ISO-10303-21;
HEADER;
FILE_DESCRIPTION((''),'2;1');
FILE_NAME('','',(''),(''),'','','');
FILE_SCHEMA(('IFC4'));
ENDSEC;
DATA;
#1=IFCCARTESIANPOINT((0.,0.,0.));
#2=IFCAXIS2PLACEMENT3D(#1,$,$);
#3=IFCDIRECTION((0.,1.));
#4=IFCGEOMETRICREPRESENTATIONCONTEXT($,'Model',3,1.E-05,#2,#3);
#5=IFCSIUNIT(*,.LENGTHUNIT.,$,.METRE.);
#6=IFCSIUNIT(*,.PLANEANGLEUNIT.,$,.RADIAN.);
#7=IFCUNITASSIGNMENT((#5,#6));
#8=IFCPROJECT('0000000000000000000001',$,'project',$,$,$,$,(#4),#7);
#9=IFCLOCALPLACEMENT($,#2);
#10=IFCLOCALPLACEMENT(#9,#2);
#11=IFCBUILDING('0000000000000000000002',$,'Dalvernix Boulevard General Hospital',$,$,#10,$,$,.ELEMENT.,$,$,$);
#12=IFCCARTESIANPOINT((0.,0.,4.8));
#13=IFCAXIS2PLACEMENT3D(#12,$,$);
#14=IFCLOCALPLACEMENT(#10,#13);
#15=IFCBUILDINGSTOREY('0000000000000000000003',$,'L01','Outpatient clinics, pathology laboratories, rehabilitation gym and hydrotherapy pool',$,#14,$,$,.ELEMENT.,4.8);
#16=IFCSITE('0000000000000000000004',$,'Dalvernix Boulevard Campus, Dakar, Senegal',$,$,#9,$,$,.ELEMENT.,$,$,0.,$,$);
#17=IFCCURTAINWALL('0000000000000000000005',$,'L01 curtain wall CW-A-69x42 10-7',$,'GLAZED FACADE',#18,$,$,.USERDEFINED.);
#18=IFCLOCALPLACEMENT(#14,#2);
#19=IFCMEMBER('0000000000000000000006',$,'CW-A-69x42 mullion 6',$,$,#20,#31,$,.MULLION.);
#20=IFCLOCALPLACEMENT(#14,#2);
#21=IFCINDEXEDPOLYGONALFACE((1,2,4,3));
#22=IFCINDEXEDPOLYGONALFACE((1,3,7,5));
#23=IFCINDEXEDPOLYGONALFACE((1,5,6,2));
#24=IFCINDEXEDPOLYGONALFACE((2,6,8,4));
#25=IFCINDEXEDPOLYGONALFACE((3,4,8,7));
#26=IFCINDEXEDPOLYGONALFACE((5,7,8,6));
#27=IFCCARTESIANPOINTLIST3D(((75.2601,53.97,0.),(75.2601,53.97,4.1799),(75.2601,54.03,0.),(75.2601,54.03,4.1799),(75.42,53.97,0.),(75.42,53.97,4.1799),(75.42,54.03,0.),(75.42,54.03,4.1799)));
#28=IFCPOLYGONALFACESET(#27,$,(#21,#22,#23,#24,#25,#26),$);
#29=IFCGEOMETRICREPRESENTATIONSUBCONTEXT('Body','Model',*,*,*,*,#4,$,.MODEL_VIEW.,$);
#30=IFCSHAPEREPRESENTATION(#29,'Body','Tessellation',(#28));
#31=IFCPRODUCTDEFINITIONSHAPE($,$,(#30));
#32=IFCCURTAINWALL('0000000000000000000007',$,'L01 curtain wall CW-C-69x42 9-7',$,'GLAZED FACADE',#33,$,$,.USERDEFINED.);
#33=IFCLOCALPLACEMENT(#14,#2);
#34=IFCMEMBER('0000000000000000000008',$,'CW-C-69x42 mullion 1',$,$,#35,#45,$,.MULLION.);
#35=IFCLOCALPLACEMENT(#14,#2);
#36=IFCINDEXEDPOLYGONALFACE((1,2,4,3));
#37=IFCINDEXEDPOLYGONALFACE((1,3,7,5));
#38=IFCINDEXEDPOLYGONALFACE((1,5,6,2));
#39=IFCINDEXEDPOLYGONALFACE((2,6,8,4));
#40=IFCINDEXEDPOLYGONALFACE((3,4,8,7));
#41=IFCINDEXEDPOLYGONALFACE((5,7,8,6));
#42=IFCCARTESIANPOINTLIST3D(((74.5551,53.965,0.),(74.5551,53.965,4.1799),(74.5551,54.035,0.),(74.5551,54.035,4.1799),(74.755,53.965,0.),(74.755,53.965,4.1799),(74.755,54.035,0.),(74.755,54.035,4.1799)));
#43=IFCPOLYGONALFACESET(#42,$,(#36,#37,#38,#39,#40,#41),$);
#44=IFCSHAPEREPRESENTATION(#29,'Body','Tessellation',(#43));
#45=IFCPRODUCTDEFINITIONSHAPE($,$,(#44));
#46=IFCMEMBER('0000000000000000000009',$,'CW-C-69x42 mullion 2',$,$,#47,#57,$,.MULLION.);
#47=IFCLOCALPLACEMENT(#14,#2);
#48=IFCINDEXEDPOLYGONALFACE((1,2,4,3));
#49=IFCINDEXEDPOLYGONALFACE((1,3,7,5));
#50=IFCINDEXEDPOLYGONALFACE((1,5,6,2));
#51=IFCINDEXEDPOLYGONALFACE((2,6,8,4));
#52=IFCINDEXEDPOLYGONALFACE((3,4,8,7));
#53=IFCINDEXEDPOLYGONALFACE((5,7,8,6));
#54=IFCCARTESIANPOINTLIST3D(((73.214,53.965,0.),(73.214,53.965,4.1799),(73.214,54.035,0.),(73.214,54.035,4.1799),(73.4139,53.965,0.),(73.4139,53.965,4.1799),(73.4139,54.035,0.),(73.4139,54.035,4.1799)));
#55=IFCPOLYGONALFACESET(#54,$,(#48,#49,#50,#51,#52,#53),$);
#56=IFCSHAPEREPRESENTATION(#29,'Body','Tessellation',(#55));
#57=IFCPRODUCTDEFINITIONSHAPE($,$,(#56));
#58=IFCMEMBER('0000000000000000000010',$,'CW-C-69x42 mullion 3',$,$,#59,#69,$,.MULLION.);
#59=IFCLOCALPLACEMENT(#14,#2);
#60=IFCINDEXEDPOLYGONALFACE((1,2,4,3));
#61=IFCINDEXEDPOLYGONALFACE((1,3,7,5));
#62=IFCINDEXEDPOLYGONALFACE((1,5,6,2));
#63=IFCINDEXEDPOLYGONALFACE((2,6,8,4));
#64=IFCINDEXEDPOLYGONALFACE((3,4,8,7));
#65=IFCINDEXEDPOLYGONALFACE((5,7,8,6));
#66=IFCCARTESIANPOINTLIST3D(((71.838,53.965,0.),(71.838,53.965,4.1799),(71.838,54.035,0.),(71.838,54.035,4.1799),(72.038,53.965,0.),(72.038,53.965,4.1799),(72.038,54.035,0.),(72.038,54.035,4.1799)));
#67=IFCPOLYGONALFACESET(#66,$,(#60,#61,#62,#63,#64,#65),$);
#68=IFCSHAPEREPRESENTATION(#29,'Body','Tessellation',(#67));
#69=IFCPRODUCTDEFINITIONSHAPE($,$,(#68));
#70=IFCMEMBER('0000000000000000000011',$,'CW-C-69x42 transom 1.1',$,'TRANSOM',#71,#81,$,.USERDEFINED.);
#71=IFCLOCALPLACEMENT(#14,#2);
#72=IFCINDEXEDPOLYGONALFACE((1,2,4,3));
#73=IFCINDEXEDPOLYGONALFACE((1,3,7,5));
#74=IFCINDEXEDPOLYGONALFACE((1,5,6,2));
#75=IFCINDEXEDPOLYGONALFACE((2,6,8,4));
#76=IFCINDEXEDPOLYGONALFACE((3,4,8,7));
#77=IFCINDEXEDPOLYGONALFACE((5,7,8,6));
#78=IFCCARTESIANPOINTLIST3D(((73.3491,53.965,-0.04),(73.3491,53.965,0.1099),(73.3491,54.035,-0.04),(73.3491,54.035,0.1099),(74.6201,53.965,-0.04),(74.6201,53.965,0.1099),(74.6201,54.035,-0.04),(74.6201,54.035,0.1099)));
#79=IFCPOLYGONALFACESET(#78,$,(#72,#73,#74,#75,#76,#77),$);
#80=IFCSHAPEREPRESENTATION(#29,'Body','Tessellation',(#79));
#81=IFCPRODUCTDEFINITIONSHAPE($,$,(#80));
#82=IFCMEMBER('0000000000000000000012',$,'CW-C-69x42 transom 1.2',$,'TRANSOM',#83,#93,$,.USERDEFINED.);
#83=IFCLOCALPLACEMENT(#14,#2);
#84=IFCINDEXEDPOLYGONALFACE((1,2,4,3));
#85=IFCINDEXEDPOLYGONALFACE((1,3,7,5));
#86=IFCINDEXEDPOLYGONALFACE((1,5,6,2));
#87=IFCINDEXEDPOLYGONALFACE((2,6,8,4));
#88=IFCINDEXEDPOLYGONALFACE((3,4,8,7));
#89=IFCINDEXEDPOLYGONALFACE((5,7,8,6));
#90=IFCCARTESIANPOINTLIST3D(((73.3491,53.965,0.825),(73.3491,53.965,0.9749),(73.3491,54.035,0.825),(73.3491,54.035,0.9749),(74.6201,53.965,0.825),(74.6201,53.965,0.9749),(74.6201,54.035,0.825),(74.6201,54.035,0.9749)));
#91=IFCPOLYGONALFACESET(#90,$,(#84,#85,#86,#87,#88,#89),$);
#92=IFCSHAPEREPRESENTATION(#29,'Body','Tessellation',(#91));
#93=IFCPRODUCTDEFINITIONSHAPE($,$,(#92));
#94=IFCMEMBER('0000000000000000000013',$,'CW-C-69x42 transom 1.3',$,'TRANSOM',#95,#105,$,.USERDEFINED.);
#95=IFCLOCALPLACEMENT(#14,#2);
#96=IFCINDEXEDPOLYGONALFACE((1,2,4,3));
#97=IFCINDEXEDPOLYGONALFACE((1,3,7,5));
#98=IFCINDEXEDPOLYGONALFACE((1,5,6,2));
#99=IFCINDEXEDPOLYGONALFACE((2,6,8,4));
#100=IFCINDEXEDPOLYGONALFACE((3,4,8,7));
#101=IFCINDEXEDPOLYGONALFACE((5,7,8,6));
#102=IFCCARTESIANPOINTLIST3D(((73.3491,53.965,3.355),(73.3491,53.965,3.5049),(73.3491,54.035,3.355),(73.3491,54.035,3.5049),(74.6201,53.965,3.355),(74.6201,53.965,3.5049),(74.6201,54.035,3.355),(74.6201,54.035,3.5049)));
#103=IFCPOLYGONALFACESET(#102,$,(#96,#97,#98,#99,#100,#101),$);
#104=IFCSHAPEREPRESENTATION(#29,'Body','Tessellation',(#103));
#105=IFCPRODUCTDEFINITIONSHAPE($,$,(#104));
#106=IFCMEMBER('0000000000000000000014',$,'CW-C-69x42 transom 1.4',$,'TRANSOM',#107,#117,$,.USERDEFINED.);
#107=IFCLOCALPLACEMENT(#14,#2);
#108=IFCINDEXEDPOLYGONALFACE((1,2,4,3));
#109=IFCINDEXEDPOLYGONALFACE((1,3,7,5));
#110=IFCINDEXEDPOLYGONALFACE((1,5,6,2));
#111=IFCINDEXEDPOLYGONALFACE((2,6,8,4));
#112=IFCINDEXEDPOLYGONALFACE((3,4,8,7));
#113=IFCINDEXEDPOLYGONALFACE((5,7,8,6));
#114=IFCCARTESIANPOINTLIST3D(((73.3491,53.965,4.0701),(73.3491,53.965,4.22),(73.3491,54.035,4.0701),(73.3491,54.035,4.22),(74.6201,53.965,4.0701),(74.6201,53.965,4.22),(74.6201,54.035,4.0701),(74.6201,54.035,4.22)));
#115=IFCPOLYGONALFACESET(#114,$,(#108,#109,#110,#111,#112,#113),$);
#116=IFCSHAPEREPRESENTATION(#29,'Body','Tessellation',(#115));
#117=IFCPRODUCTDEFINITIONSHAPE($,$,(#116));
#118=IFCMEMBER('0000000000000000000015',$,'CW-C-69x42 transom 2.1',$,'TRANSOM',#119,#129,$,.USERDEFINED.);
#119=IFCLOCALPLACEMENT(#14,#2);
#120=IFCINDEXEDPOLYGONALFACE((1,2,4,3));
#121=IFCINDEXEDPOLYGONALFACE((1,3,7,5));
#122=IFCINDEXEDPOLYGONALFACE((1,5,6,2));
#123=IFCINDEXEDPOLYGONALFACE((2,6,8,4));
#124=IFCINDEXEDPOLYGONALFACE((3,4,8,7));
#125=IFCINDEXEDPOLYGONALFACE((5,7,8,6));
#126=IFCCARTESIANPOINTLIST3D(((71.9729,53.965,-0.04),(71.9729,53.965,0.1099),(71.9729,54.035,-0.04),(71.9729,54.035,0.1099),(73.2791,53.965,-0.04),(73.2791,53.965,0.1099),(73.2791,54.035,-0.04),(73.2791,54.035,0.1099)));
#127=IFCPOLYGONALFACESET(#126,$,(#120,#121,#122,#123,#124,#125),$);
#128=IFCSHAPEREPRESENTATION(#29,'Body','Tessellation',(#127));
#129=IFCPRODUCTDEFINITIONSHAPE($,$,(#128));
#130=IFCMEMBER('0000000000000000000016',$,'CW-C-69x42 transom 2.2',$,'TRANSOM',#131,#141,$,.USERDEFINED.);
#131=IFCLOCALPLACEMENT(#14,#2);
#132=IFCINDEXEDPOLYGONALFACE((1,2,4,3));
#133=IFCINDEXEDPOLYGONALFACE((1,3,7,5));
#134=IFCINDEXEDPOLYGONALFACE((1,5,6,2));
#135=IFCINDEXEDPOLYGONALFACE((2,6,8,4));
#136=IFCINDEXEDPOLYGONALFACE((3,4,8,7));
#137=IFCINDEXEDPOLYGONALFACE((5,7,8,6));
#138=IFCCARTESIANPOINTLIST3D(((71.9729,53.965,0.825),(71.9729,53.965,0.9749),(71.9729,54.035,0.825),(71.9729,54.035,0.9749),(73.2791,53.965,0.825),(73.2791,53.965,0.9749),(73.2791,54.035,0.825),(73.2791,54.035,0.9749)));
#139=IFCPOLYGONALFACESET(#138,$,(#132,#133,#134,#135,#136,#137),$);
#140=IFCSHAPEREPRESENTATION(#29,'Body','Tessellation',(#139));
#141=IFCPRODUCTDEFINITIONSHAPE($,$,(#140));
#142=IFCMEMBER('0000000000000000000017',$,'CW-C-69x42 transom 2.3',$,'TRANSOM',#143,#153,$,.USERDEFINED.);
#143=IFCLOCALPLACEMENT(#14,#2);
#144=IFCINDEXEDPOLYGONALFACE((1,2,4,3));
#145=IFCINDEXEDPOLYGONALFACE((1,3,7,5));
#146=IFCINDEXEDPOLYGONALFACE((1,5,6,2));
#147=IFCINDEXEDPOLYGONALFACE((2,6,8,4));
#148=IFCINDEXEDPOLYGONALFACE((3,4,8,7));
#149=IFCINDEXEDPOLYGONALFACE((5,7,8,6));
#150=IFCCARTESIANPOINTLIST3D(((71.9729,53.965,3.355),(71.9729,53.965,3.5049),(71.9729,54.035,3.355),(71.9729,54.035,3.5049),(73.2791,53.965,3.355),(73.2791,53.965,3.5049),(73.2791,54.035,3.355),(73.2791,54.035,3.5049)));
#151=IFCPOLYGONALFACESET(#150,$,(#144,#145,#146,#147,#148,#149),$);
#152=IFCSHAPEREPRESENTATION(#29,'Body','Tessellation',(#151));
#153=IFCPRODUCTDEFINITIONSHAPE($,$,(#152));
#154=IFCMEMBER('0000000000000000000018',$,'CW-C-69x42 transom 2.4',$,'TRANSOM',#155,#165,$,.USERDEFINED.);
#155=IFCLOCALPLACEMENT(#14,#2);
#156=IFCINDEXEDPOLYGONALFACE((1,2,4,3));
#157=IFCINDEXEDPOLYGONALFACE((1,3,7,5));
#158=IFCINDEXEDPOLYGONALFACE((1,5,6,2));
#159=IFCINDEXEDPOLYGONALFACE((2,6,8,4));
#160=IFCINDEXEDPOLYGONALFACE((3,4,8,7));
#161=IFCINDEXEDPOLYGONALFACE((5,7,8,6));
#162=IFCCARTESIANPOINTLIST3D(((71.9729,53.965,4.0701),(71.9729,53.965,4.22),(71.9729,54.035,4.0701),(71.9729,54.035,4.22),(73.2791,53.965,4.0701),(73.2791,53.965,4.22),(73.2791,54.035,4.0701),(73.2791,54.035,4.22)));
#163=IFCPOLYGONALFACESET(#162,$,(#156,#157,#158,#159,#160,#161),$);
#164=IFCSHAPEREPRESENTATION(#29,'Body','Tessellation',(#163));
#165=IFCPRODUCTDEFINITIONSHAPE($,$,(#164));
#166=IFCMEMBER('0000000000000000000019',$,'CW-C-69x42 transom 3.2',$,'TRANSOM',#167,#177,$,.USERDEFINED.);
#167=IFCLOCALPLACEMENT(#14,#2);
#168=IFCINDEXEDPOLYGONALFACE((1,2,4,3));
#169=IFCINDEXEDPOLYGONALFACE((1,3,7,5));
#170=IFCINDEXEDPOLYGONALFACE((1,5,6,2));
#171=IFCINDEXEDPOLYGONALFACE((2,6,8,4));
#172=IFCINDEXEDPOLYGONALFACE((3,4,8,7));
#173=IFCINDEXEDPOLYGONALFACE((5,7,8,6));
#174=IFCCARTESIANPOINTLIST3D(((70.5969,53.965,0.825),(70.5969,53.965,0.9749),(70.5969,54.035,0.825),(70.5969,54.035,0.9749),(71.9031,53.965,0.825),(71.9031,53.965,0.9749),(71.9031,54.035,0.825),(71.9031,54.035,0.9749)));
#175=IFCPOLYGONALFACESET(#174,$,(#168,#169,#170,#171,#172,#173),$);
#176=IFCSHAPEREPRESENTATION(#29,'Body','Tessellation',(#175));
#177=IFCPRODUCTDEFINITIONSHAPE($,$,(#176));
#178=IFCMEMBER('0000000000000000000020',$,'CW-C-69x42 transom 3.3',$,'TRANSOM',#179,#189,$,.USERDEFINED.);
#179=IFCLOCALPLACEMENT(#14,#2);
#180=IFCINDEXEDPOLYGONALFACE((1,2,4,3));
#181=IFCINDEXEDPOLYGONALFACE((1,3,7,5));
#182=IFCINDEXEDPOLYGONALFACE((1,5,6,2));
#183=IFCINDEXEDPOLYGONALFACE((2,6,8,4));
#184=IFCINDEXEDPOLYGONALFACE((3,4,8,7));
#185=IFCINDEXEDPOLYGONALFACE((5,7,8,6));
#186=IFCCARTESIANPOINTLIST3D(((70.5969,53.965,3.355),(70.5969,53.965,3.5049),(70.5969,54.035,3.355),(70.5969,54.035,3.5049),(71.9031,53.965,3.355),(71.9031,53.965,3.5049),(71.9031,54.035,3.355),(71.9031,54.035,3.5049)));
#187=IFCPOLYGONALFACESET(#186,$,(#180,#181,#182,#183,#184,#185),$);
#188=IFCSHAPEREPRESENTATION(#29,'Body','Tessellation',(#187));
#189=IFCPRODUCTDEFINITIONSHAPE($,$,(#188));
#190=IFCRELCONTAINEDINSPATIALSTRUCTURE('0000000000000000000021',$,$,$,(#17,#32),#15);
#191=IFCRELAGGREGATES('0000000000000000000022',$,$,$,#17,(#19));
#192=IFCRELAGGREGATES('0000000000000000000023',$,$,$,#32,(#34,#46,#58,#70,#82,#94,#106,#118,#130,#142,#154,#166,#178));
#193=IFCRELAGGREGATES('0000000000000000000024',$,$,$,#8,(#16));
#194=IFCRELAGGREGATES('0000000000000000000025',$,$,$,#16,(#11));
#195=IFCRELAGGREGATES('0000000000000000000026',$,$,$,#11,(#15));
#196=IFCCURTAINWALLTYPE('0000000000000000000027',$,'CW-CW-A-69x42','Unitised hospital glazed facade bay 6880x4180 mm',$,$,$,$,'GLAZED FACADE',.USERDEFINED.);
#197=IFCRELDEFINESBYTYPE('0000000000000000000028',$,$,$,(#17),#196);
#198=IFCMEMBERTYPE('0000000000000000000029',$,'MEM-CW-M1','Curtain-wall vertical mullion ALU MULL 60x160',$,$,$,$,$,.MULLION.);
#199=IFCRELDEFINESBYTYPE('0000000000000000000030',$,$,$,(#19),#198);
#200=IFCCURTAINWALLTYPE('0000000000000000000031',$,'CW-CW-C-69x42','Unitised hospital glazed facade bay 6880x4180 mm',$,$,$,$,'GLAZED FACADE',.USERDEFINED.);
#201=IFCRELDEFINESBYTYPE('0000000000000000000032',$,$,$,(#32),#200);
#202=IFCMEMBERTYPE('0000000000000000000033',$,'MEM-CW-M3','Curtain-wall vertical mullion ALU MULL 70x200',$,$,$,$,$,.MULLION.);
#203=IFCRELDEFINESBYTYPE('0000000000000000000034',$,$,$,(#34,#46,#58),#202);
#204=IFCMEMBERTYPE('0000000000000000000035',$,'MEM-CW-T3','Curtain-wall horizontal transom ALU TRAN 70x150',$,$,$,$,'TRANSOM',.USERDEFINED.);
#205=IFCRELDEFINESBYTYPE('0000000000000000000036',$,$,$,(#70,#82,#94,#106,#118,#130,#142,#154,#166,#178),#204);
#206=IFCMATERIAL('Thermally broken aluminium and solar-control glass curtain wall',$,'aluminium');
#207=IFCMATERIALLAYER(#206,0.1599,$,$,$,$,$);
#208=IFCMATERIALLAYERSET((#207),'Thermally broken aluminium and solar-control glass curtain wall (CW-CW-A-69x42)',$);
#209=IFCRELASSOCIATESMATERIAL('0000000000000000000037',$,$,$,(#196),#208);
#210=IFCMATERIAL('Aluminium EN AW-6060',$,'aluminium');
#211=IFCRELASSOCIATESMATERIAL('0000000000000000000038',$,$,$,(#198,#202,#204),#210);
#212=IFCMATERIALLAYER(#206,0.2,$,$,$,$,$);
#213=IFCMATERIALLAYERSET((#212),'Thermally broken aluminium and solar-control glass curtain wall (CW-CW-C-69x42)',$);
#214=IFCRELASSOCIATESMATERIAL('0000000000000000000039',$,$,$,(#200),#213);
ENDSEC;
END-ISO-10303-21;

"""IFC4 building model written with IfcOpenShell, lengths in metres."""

from ifc_helpers import new_model, si_unit, direction, frame, origin, origin_2d, place, context, subcontext, project, spatial, rectangle, extrude, material, layer, layer_set, material_profile, profile_set, type_object, element, aggregate, save


model = new_model("IFC4")

# Units and contexts
model_context = context("Model", 3, precision=1e-05, world=origin(), true_north=direction((0.0, 1.0)))
body_context = subcontext(model_context, "Body", "Model", "MODEL_VIEW")
ifc_project = project(units=[si_unit("LENGTHUNIT", "METRE"), si_unit("PLANEANGLEUNIT", "RADIAN")], contexts=[model_context])

# Site, building, storey
site_placement = place(None, origin())
site = spatial("IfcSite", under=ifc_project, at=site_placement, Name="Dalvernix Boulevard Campus, Dakar, Senegal", CompositionType="ELEMENT", RefElevation=0.0)
building_placement = place(site_placement, origin())
building = spatial("IfcBuilding", under=site, at=building_placement, Name="Dalvernix Boulevard General Hospital", CompositionType="ELEMENT")
storey_placement = place(building_placement, frame((0.0, 0.0, 4.8)))
storey = spatial("IfcBuildingStorey", under=building, at=storey_placement, Name="L01", Description="Outpatient clinics, pathology laboratories, rehabilitation gym and hydrotherapy pool", CompositionType="ELEMENT", Elevation=4.8)

# Curtain wall, member
ifc_material_1 = material(Name="Thermally broken aluminium and solar-control glass curtain wall", Category="aluminium")
ifc_layer_1 = layer(ifc_material_1, 0.1599)
ifc_layer_set_1 = layer_set([ifc_layer_1], Name="Thermally broken aluminium and solar-control glass curtain wall (CW-CW-A-69x42)")
curtain_wall_type_1 = type_object("IfcCurtainWallType", Name="CW-CW-A-69x42", Description="Unitised hospital glazed facade bay 6880x4180 mm", ElementType="GLAZED FACADE", PredefinedType="USERDEFINED", material=ifc_layer_set_1)
curtain_wall_1_placement = place(storey_placement, origin())
curtain_wall_1 = element("IfcCurtainWall", 1, at=curtain_wall_1_placement, inside=storey, type_object=curtain_wall_type_1, Name="L01 curtain wall CW-A-69x42 10-7", ObjectType="GLAZED FACADE", PredefinedType="USERDEFINED")
ifc_material_2 = material(Name="Aluminium EN AW-6060", Category="aluminium")
ifc_material_profile_1 = material_profile(ifc_material_2, rectangle(XDim=0.0601, YDim=0.1599, at=origin_2d()), Name="ALU MULL 60x160")
ifc_profile_set_1 = profile_set([ifc_material_profile_1], Name="Aluminium EN AW-6060")
member_type_1 = type_object("IfcMemberType", Name="MEM-CW-M1", Description="Curtain-wall vertical mullion ALU MULL 60x160", PredefinedType="MULLION", material=ifc_profile_set_1)
member_1_placement = place(storey_placement, frame((75.3401, 54.0, 0.0), z_axis=(0.0, 0.0, 1.0), x_axis=(0.0, -1.0, 0.0)))
member_1 = element("IfcMember", 2, at=member_1_placement, type_object=member_type_1, Name="CW-A-69x42 mullion 6", PredefinedType="MULLION", context=body_context, shape_type="SweptSolid", body=[
    extrude(rectangle(XDim=0.0601, YDim=0.1599, at=origin_2d()), origin(), (0.0, 0.0, 1.0), 4.1799),
])
aggregate(curtain_wall_1, [member_1])

# Curtain wall, members
ifc_layer_2 = layer(ifc_material_1, 0.2)
ifc_layer_set_2 = layer_set([ifc_layer_2], Name="Thermally broken aluminium and solar-control glass curtain wall (CW-CW-C-69x42)")
curtain_wall_type_2 = type_object("IfcCurtainWallType", Name="CW-CW-C-69x42", Description="Unitised hospital glazed facade bay 6880x4180 mm", ElementType="GLAZED FACADE", PredefinedType="USERDEFINED", material=ifc_layer_set_2)
curtain_wall_2_placement = place(storey_placement, origin())
curtain_wall_2 = element("IfcCurtainWall", 3, at=curtain_wall_2_placement, inside=storey, type_object=curtain_wall_type_2, Name="L01 curtain wall CW-C-69x42 9-7", ObjectType="GLAZED FACADE", PredefinedType="USERDEFINED")
ifc_material_profile_2 = material_profile(ifc_material_2, rectangle(XDim=0.0701, YDim=0.2, at=origin_2d()), Name="ALU MULL 70x200")
ifc_profile_set_2 = profile_set([ifc_material_profile_2], Name="Aluminium EN AW-6060")
member_type_2 = type_object("IfcMemberType", Name="MEM-CW-M3", Description="Curtain-wall vertical mullion ALU MULL 70x200", PredefinedType="MULLION", material=ifc_profile_set_2)
member_2_placement = place(storey_placement, frame((74.655, 54.0, 0.0), z_axis=(0.0, 0.0, 1.0), x_axis=(0.0, -1.0, 0.0)))
member_2 = element("IfcMember", 4, at=member_2_placement, type_object=member_type_2, Name="CW-C-69x42 mullion 1", PredefinedType="MULLION", context=body_context, shape_type="SweptSolid", body=[
    extrude(rectangle(XDim=0.0701, YDim=0.2, at=origin_2d()), origin(), (0.0, 0.0, 1.0), 4.1799),
])
member_3_placement = place(storey_placement, frame((73.314, 54.0, 0.0), z_axis=(0.0, 0.0, 1.0), x_axis=(0.0, -1.0, 0.0)))
member_3 = element("IfcMember", 5, at=member_3_placement, type_object=member_type_2, Name="CW-C-69x42 mullion 2", PredefinedType="MULLION", context=body_context, shape_type="SweptSolid", body=[
    extrude(rectangle(XDim=0.0701, YDim=0.2, at=origin_2d()), origin(), (0.0, 0.0, 1.0), 4.1799),
])
member_4_placement = place(storey_placement, frame((71.938, 54.0, 0.0), z_axis=(0.0, 0.0, 1.0), x_axis=(0.0, -1.0, 0.0)))
member_4 = element("IfcMember", 6, at=member_4_placement, type_object=member_type_2, Name="CW-C-69x42 mullion 3", PredefinedType="MULLION", context=body_context, shape_type="SweptSolid", body=[
    extrude(rectangle(XDim=0.0701, YDim=0.2, at=origin_2d()), origin(), (0.0, 0.0, 1.0), 4.1799),
])
ifc_material_profile_3 = material_profile(ifc_material_2, rectangle(XDim=0.0701, YDim=0.1499, at=origin_2d()), Name="ALU TRAN 70x150")
ifc_profile_set_3 = profile_set([ifc_material_profile_3], Name="Aluminium EN AW-6060")
member_type_3 = type_object("IfcMemberType", Name="MEM-CW-T3", Description="Curtain-wall horizontal transom ALU TRAN 70x150", ElementType="TRANSOM", PredefinedType="USERDEFINED", material=ifc_profile_set_3)
member_5_placement = place(storey_placement, frame((74.6201, 54.0, 0.0349), z_axis=(-1.0, 0.0, 0.0), x_axis=(0.0, -1.0, 0.0)))
member_5 = element("IfcMember", 7, at=member_5_placement, type_object=member_type_3, Name="CW-C-69x42 transom 1.1", ObjectType="TRANSOM", PredefinedType="USERDEFINED", context=body_context, shape_type="SweptSolid", body=[
    extrude(rectangle(XDim=0.0701, YDim=0.1499, at=origin_2d()), origin(), (0.0, 0.0, 1.0), 1.271),
])
member_6_placement = place(storey_placement, frame((74.6201, 54.0, 0.8999), z_axis=(-1.0, 0.0, 0.0), x_axis=(0.0, -1.0, 0.0)))
member_6 = element("IfcMember", 8, at=member_6_placement, type_object=member_type_3, Name="CW-C-69x42 transom 1.2", ObjectType="TRANSOM", PredefinedType="USERDEFINED", context=body_context, shape_type="SweptSolid", body=[
    extrude(rectangle(XDim=0.0701, YDim=0.1499, at=origin_2d()), origin(), (0.0, 0.0, 1.0), 1.271),
])
member_7_placement = place(storey_placement, frame((74.6201, 54.0, 3.4299), z_axis=(-1.0, 0.0, 0.0), x_axis=(0.0, -1.0, 0.0)))
member_7 = element("IfcMember", 9, at=member_7_placement, type_object=member_type_3, Name="CW-C-69x42 transom 1.3", ObjectType="TRANSOM", PredefinedType="USERDEFINED", context=body_context, shape_type="SweptSolid", body=[
    extrude(rectangle(XDim=0.0701, YDim=0.1499, at=origin_2d()), origin(), (0.0, 0.0, 1.0), 1.271),
])
member_8_placement = place(storey_placement, frame((74.6201, 54.0, 4.145), z_axis=(-1.0, 0.0, 0.0), x_axis=(0.0, -1.0, 0.0)))
member_8 = element("IfcMember", 10, at=member_8_placement, type_object=member_type_3, Name="CW-C-69x42 transom 1.4", ObjectType="TRANSOM", PredefinedType="USERDEFINED", context=body_context, shape_type="SweptSolid", body=[
    extrude(rectangle(XDim=0.0701, YDim=0.1499, at=origin_2d()), origin(), (0.0, 0.0, 1.0), 1.271),
])
member_9_placement = place(storey_placement, frame((73.2791, 54.0, 0.0349), z_axis=(-1.0, 0.0, 0.0), x_axis=(0.0, -1.0, 0.0)))
member_9 = element("IfcMember", 11, at=member_9_placement, type_object=member_type_3, Name="CW-C-69x42 transom 2.1", ObjectType="TRANSOM", PredefinedType="USERDEFINED", context=body_context, shape_type="SweptSolid", body=[
    extrude(rectangle(XDim=0.0701, YDim=0.1499, at=origin_2d()), origin(), (0.0, 0.0, 1.0), 1.3062),
])
member_10_placement = place(storey_placement, frame((73.2791, 54.0, 0.8999), z_axis=(-1.0, 0.0, 0.0), x_axis=(0.0, -1.0, 0.0)))
member_10 = element("IfcMember", 12, at=member_10_placement, type_object=member_type_3, Name="CW-C-69x42 transom 2.2", ObjectType="TRANSOM", PredefinedType="USERDEFINED", context=body_context, shape_type="SweptSolid", body=[
    extrude(rectangle(XDim=0.0701, YDim=0.1499, at=origin_2d()), origin(), (0.0, 0.0, 1.0), 1.3062),
])
member_11_placement = place(storey_placement, frame((73.2791, 54.0, 3.4299), z_axis=(-1.0, 0.0, 0.0), x_axis=(0.0, -1.0, 0.0)))
member_11 = element("IfcMember", 13, at=member_11_placement, type_object=member_type_3, Name="CW-C-69x42 transom 2.3", ObjectType="TRANSOM", PredefinedType="USERDEFINED", context=body_context, shape_type="SweptSolid", body=[
    extrude(rectangle(XDim=0.0701, YDim=0.1499, at=origin_2d()), origin(), (0.0, 0.0, 1.0), 1.3062),
])
member_12_placement = place(storey_placement, frame((73.2791, 54.0, 4.145), z_axis=(-1.0, 0.0, 0.0), x_axis=(0.0, -1.0, 0.0)))
member_12 = element("IfcMember", 14, at=member_12_placement, type_object=member_type_3, Name="CW-C-69x42 transom 2.4", ObjectType="TRANSOM", PredefinedType="USERDEFINED", context=body_context, shape_type="SweptSolid", body=[
    extrude(rectangle(XDim=0.0701, YDim=0.1499, at=origin_2d()), origin(), (0.0, 0.0, 1.0), 1.3062),
])
member_13_placement = place(storey_placement, frame((71.9031, 54.0, 0.8999), z_axis=(-1.0, 0.0, 0.0), x_axis=(0.0, -1.0, 0.0)))
member_13 = element("IfcMember", 15, at=member_13_placement, type_object=member_type_3, Name="CW-C-69x42 transom 3.2", ObjectType="TRANSOM", PredefinedType="USERDEFINED", context=body_context, shape_type="SweptSolid", body=[
    extrude(rectangle(XDim=0.0701, YDim=0.1499, at=origin_2d()), origin(), (0.0, 0.0, 1.0), 1.3062),
])
member_14_placement = place(storey_placement, frame((71.9031, 54.0, 3.4299), z_axis=(-1.0, 0.0, 0.0), x_axis=(0.0, -1.0, 0.0)))
member_14 = element("IfcMember", 16, at=member_14_placement, type_object=member_type_3, Name="CW-C-69x42 transom 3.3", ObjectType="TRANSOM", PredefinedType="USERDEFINED", context=body_context, shape_type="SweptSolid", body=[
    extrude(rectangle(XDim=0.0701, YDim=0.1499, at=origin_2d()), origin(), (0.0, 0.0, 1.0), 1.3062),
])
aggregate(curtain_wall_2, [member_2, member_3, member_4, member_5, member_6, member_7, member_8, member_9, member_10, member_11, member_12, member_13, member_14])

save(model, "model.ifc")
